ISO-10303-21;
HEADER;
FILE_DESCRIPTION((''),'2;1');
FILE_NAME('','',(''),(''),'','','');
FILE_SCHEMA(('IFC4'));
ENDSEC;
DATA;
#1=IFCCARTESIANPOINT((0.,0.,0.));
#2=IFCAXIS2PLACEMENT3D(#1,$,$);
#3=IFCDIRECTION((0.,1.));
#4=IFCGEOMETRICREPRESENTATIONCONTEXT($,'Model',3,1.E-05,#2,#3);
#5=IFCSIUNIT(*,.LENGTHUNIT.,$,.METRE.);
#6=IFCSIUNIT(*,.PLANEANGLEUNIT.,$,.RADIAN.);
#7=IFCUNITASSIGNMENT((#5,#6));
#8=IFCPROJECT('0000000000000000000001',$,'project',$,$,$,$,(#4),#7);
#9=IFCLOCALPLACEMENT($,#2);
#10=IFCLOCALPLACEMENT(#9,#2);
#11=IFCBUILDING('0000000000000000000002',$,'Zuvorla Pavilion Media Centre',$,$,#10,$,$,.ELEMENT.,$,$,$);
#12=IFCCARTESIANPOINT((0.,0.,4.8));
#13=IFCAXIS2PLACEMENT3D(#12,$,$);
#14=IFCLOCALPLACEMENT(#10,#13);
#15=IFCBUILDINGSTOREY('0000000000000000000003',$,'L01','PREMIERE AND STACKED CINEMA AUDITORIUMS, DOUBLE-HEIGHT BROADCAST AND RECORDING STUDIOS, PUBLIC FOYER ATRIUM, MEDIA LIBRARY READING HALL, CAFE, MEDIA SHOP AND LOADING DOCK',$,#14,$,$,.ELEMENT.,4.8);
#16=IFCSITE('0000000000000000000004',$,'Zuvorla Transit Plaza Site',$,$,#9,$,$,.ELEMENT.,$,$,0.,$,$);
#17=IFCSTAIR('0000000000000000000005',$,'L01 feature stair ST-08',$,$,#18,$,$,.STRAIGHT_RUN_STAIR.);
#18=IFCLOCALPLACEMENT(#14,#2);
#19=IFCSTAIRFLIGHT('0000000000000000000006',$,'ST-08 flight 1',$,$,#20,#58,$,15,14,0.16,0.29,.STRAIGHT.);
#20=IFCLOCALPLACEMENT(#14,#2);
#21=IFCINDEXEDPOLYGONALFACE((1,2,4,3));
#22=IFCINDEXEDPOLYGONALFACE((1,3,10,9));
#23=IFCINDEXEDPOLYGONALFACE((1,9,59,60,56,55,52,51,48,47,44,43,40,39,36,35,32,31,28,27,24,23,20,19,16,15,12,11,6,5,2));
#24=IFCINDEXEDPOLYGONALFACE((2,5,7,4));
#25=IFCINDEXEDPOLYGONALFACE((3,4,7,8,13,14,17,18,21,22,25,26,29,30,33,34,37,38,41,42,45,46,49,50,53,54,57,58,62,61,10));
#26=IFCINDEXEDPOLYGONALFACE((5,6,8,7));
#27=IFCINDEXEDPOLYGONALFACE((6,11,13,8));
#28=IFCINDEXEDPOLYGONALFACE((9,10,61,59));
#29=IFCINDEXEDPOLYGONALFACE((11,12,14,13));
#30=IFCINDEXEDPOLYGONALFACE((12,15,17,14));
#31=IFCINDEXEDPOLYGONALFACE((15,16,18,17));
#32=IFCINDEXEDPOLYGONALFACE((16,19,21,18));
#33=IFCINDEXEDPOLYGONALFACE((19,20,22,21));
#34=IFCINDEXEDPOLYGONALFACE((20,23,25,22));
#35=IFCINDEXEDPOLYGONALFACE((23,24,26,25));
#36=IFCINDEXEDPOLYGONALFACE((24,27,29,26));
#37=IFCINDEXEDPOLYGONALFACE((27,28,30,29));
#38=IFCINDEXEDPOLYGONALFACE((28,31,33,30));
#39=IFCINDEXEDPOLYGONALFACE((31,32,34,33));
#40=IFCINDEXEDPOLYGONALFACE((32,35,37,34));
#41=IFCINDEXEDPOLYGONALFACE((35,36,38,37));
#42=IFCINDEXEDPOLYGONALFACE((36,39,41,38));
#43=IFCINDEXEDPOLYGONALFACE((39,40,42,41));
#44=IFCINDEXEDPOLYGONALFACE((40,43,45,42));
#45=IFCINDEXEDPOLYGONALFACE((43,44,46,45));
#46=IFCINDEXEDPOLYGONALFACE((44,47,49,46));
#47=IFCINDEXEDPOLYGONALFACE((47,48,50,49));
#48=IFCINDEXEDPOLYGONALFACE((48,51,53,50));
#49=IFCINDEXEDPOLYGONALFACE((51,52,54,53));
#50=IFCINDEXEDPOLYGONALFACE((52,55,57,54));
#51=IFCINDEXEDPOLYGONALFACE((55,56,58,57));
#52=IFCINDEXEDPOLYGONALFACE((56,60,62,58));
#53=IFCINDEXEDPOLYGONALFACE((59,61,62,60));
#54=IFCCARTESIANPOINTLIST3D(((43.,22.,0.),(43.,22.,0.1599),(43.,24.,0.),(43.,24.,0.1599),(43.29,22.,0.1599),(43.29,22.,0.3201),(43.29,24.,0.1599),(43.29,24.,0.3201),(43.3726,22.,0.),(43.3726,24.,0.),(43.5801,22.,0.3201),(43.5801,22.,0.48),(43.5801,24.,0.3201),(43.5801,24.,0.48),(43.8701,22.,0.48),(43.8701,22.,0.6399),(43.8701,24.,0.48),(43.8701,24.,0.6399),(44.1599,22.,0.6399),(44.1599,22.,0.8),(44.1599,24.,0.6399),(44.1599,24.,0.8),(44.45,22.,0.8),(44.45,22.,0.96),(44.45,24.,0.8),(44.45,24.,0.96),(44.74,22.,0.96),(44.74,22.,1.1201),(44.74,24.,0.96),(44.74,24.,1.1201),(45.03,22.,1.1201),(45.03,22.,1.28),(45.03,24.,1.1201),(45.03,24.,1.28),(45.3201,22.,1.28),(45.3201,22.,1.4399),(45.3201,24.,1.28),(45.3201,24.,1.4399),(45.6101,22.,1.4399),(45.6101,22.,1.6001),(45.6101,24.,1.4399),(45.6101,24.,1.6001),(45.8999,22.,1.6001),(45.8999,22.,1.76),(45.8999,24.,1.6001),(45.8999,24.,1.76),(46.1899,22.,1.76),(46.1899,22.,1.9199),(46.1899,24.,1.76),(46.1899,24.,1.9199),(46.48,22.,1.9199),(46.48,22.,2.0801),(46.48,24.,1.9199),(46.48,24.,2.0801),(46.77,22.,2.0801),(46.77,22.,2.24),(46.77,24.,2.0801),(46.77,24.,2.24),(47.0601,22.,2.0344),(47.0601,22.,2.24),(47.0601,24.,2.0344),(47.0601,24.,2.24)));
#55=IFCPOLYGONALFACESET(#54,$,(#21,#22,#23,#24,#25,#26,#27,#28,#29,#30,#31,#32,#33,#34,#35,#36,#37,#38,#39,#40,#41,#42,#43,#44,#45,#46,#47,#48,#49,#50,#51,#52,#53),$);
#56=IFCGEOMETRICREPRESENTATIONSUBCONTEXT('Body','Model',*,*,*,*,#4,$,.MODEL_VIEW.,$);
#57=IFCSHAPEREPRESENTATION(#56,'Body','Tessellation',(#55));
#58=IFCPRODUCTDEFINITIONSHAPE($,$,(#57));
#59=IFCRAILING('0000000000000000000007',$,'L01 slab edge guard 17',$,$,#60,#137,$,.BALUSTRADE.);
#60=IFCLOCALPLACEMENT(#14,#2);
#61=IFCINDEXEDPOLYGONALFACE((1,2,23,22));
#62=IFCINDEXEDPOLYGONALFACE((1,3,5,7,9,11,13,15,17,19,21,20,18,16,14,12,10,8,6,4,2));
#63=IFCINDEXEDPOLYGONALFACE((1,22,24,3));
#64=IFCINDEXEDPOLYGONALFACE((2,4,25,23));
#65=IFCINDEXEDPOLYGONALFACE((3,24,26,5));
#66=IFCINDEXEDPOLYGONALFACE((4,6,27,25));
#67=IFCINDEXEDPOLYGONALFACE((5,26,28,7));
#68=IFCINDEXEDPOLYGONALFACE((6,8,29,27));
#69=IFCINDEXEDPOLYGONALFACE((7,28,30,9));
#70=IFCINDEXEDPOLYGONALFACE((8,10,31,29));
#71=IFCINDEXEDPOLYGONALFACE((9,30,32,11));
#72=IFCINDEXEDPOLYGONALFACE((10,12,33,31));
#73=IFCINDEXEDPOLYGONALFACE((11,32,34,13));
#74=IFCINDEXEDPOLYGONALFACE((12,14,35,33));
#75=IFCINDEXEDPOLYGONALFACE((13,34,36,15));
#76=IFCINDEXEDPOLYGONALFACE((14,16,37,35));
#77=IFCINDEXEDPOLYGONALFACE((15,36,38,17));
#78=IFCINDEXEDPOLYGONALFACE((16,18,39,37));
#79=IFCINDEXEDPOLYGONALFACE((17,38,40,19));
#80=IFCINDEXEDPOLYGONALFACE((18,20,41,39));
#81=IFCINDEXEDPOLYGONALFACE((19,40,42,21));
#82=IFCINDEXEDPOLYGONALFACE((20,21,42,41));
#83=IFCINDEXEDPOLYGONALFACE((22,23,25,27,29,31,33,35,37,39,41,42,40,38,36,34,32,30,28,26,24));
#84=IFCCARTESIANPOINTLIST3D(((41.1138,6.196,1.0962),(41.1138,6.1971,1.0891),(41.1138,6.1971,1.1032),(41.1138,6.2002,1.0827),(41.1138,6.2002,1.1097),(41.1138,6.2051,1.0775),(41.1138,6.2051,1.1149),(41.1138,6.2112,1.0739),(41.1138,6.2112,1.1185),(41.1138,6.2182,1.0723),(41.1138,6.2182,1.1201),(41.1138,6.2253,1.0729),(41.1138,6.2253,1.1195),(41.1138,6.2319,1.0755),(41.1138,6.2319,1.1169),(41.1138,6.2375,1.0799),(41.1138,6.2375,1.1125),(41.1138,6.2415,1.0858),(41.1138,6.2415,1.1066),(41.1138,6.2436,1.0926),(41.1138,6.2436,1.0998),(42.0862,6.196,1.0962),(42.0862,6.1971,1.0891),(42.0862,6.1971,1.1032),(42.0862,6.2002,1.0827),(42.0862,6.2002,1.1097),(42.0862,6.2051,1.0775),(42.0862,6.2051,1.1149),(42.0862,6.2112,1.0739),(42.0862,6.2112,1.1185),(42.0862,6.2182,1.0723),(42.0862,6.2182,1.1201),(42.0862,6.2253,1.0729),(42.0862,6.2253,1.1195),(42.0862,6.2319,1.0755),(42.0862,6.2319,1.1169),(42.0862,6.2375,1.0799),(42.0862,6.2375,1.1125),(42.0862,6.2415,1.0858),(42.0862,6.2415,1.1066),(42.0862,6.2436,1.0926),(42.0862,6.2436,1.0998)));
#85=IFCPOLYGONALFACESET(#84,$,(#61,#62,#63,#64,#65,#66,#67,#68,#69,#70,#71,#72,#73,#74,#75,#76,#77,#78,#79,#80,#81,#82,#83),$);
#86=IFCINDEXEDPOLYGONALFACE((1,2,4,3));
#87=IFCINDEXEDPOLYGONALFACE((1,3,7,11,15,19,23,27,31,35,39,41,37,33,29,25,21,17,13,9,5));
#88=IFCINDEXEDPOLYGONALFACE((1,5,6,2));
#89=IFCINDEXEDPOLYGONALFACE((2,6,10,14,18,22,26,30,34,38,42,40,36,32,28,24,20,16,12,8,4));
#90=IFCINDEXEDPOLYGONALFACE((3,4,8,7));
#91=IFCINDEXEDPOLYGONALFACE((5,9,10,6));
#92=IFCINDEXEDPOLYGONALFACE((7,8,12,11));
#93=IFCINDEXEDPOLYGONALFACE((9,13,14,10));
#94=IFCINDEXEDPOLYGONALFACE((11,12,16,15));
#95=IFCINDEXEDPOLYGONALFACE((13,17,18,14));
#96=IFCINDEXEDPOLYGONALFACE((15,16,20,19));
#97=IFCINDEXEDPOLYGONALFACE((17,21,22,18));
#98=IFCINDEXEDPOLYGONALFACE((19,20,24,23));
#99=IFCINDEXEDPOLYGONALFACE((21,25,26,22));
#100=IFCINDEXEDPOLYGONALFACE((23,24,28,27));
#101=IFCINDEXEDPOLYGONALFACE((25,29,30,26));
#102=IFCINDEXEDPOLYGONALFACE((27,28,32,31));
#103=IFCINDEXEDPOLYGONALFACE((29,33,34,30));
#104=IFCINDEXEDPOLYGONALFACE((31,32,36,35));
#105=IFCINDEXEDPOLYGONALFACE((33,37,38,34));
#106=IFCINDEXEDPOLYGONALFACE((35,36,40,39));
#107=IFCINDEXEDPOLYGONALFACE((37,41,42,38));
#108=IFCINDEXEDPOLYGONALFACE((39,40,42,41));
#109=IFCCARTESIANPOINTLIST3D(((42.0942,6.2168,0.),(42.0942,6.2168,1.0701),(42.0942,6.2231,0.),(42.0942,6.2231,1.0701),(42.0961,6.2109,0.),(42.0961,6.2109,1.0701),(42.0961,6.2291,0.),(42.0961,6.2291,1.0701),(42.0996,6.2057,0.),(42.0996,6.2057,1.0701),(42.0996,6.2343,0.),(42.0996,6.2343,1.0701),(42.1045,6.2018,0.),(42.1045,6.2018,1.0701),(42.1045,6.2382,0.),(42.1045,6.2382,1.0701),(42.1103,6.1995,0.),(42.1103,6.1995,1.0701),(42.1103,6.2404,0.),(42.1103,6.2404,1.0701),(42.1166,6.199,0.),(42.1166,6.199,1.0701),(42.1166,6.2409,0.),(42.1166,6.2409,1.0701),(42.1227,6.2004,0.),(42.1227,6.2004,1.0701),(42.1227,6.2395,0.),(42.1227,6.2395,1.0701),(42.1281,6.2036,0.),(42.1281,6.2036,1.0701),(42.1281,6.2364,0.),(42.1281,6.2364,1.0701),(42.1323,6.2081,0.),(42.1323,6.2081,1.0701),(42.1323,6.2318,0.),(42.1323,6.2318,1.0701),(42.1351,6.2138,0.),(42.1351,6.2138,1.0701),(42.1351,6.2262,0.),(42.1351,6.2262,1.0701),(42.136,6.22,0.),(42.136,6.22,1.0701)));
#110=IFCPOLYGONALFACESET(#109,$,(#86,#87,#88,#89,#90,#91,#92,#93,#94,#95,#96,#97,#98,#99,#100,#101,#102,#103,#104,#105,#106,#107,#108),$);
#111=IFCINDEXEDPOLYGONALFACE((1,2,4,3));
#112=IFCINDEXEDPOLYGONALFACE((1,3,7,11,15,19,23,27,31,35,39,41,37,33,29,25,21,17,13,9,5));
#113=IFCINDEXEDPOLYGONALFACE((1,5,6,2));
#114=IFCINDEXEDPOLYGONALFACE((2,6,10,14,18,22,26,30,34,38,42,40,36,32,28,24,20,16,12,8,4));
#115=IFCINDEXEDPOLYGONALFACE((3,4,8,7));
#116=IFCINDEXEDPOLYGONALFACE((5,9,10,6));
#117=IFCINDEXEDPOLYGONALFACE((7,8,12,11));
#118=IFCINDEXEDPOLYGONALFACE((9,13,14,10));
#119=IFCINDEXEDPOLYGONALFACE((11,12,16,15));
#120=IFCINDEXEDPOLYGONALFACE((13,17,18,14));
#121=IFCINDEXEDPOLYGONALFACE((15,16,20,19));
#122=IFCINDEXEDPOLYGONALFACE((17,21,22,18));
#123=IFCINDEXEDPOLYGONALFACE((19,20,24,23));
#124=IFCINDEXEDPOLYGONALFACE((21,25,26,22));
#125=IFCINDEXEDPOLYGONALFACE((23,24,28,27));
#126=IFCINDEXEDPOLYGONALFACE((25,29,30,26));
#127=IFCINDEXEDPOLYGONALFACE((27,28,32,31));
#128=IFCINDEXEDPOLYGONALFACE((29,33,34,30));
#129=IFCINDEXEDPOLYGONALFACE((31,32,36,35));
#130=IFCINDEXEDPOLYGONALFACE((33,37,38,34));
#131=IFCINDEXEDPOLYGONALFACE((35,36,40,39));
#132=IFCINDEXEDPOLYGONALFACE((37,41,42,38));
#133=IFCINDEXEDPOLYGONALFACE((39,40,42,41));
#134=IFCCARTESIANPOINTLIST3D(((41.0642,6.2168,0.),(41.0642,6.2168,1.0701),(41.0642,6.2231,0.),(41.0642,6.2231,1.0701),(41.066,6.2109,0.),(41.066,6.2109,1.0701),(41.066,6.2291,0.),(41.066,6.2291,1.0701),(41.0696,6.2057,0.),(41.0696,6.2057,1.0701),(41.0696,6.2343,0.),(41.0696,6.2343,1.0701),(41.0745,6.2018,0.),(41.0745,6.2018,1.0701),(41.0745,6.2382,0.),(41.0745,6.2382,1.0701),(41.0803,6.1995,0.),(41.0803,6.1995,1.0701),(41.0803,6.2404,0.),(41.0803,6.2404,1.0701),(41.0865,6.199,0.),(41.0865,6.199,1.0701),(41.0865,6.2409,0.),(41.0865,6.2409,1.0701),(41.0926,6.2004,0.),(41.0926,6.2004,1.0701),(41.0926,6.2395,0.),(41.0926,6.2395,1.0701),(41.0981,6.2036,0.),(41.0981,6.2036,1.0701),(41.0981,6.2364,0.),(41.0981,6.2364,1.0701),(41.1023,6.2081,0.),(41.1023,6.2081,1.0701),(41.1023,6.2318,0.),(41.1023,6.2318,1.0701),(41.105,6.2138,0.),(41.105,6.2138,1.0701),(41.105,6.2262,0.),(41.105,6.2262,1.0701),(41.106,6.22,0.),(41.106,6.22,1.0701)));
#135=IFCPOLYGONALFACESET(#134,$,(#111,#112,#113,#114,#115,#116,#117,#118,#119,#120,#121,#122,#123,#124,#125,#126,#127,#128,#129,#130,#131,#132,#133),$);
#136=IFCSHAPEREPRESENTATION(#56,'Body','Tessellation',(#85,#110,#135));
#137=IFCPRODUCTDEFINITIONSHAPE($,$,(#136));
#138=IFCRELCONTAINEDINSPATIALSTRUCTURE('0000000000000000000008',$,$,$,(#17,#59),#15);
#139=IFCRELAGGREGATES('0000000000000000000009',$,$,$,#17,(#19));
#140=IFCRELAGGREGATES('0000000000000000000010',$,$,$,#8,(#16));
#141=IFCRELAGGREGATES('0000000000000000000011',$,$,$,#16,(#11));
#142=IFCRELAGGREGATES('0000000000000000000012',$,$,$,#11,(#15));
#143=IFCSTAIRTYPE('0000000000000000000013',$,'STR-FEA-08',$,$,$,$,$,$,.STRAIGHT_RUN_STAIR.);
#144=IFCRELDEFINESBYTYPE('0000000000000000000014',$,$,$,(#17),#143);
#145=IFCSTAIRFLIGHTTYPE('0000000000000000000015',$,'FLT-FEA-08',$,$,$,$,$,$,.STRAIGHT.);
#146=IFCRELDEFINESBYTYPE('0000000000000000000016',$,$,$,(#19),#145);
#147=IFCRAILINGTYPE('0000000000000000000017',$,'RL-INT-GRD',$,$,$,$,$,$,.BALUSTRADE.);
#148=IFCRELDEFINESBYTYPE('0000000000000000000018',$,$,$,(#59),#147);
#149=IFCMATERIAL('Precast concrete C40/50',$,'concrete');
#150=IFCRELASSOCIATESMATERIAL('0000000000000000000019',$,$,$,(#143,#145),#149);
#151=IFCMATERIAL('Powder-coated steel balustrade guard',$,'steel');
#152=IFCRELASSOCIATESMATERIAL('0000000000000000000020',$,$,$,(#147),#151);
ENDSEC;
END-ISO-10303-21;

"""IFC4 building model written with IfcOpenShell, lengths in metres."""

from ifc_helpers import new_model, si_unit, direction, frame, origin, origin_2d, place, context, subcontext, project, spatial, polyline, circle, outline, extrude, material, type_object, element, aggregate, save


model = new_model("IFC4")

# Units and contexts
model_context = context("Model", 3, precision=1e-05, world=origin(), true_north=direction((0.0, 1.0)))
body_context = subcontext(model_context, "Body", "Model", "MODEL_VIEW")
ifc_project = project(units=[si_unit("LENGTHUNIT", "METRE"), si_unit("PLANEANGLEUNIT", "RADIAN")], contexts=[model_context])

# Site, building, storey
site_placement = place(None, origin())
site = spatial("IfcSite", under=ifc_project, at=site_placement, Name="Zuvorla Transit Plaza Site", CompositionType="ELEMENT", RefElevation=0.0)
building_placement = place(site_placement, origin())
building = spatial("IfcBuilding", under=site, at=building_placement, Name="Zuvorla Pavilion Media Centre", CompositionType="ELEMENT")
storey_placement = place(building_placement, frame((0.0, 0.0, 4.8)))
storey = spatial("IfcBuildingStorey", under=building, at=storey_placement, Name="L01", Description="PREMIERE AND STACKED CINEMA AUDITORIUMS, DOUBLE-HEIGHT BROADCAST AND RECORDING STUDIOS, PUBLIC FOYER ATRIUM, MEDIA LIBRARY READING HALL, CAFE, MEDIA SHOP AND LOADING DOCK", CompositionType="ELEMENT", Elevation=4.8)

# Stair, stair flight
ifc_material_1 = material(Name="Precast concrete C40/50", Category="concrete")
stair_type = type_object("IfcStairType", Name="STR-FEA-08", PredefinedType="STRAIGHT_RUN_STAIR", material=ifc_material_1)
stair_placement = place(storey_placement, origin())
stair = element("IfcStair", 1, at=stair_placement, inside=storey, type_object=stair_type, Name="L01 feature stair ST-08", PredefinedType="STRAIGHT_RUN_STAIR")
stair_flight_type = type_object("IfcStairFlightType", Name="FLT-FEA-08", PredefinedType="STRAIGHT", material=ifc_material_1)
stair_flight_placement = place(storey_placement, frame((43.0, 23.0, 0.0), z_axis=(0.0, 0.0, 1.0), x_axis=(1.0, 0.0, 0.0)))
stair_flight = element("IfcStairFlight", 2, at=stair_flight_placement, type_object=stair_flight_type, Name="ST-08 flight 1", NumberOfRisers=15, NumberOfTreads=14, PredefinedType="STRAIGHT", RiserHeight=0.16, TreadLength=0.29, context=body_context, shape_type="SweptSolid", body=[
    extrude(outline(polyline([(0.0, 0.0), (0.0, 0.1599), (0.29, 0.1599), (0.29, 0.3201), (0.5801, 0.3201), (0.5801, 0.48), (0.8701, 0.48), (0.8701, 0.6399), (1.1599, 0.6399), (1.1599, 0.8), (1.45, 0.8), (1.45, 0.96), (1.74, 0.96), (1.74, 1.1201), (2.03, 1.1201), (2.03, 1.28), (2.3201, 1.28), (2.3201, 1.4399), (2.6101, 1.4399), (2.6101, 1.6001), (2.8999, 1.6001), (2.8999, 1.76), (3.1899, 1.76), (3.1899, 1.9199), (3.48, 1.9199), (3.48, 2.0801), (3.77, 2.0801), (3.77, 2.24), (4.0601, 2.24), (4.0601, 2.3999), (4.0601, 2.0344), (0.3726, 0.0), (0.0, 0.0)])), frame((0.0, 1.0, 0.0), z_axis=(0.0, -1.0, 0.0), x_axis=(1.0, 0.0, 0.0)), (0.0, 0.0, 1.0), 2.0),
])
aggregate(stair, [stair_flight])

# Railing
ifc_material_2 = material(Name="Powder-coated steel balustrade guard", Category="steel")
railing_type_1 = type_object("IfcRailingType", Name="RL-INT-GRD", PredefinedType="BALUSTRADE", material=ifc_material_2)
railing_1_placement = place(storey_placement, frame((42.115, 6.22, 0.0)))
element("IfcRailing", 3, at=railing_1_placement, inside=storey, type_object=railing_type_1, Name="L01 slab edge guard 17", PredefinedType="BALUSTRADE", context=body_context, shape_type="SweptSolid", body=[
    extrude(circle(Radius=0.0239, at=origin_2d()), frame((-0.0288, 0.0, 1.0962), z_axis=(-1.0, 0.0, 0.0), x_axis=(0.0, -1.0, 0.0)), (0.0, 0.0, 1.0), 0.9724),
    extrude(circle(Radius=0.021, at=origin_2d()), origin(), (0.0, 0.0, 1.0), 1.0701),
    extrude(circle(Radius=0.021, at=origin_2d()), frame((-1.03, 0.0, 0.0)), (0.0, 0.0, 1.0), 1.0701),
])

save(model, "model.ifc")
